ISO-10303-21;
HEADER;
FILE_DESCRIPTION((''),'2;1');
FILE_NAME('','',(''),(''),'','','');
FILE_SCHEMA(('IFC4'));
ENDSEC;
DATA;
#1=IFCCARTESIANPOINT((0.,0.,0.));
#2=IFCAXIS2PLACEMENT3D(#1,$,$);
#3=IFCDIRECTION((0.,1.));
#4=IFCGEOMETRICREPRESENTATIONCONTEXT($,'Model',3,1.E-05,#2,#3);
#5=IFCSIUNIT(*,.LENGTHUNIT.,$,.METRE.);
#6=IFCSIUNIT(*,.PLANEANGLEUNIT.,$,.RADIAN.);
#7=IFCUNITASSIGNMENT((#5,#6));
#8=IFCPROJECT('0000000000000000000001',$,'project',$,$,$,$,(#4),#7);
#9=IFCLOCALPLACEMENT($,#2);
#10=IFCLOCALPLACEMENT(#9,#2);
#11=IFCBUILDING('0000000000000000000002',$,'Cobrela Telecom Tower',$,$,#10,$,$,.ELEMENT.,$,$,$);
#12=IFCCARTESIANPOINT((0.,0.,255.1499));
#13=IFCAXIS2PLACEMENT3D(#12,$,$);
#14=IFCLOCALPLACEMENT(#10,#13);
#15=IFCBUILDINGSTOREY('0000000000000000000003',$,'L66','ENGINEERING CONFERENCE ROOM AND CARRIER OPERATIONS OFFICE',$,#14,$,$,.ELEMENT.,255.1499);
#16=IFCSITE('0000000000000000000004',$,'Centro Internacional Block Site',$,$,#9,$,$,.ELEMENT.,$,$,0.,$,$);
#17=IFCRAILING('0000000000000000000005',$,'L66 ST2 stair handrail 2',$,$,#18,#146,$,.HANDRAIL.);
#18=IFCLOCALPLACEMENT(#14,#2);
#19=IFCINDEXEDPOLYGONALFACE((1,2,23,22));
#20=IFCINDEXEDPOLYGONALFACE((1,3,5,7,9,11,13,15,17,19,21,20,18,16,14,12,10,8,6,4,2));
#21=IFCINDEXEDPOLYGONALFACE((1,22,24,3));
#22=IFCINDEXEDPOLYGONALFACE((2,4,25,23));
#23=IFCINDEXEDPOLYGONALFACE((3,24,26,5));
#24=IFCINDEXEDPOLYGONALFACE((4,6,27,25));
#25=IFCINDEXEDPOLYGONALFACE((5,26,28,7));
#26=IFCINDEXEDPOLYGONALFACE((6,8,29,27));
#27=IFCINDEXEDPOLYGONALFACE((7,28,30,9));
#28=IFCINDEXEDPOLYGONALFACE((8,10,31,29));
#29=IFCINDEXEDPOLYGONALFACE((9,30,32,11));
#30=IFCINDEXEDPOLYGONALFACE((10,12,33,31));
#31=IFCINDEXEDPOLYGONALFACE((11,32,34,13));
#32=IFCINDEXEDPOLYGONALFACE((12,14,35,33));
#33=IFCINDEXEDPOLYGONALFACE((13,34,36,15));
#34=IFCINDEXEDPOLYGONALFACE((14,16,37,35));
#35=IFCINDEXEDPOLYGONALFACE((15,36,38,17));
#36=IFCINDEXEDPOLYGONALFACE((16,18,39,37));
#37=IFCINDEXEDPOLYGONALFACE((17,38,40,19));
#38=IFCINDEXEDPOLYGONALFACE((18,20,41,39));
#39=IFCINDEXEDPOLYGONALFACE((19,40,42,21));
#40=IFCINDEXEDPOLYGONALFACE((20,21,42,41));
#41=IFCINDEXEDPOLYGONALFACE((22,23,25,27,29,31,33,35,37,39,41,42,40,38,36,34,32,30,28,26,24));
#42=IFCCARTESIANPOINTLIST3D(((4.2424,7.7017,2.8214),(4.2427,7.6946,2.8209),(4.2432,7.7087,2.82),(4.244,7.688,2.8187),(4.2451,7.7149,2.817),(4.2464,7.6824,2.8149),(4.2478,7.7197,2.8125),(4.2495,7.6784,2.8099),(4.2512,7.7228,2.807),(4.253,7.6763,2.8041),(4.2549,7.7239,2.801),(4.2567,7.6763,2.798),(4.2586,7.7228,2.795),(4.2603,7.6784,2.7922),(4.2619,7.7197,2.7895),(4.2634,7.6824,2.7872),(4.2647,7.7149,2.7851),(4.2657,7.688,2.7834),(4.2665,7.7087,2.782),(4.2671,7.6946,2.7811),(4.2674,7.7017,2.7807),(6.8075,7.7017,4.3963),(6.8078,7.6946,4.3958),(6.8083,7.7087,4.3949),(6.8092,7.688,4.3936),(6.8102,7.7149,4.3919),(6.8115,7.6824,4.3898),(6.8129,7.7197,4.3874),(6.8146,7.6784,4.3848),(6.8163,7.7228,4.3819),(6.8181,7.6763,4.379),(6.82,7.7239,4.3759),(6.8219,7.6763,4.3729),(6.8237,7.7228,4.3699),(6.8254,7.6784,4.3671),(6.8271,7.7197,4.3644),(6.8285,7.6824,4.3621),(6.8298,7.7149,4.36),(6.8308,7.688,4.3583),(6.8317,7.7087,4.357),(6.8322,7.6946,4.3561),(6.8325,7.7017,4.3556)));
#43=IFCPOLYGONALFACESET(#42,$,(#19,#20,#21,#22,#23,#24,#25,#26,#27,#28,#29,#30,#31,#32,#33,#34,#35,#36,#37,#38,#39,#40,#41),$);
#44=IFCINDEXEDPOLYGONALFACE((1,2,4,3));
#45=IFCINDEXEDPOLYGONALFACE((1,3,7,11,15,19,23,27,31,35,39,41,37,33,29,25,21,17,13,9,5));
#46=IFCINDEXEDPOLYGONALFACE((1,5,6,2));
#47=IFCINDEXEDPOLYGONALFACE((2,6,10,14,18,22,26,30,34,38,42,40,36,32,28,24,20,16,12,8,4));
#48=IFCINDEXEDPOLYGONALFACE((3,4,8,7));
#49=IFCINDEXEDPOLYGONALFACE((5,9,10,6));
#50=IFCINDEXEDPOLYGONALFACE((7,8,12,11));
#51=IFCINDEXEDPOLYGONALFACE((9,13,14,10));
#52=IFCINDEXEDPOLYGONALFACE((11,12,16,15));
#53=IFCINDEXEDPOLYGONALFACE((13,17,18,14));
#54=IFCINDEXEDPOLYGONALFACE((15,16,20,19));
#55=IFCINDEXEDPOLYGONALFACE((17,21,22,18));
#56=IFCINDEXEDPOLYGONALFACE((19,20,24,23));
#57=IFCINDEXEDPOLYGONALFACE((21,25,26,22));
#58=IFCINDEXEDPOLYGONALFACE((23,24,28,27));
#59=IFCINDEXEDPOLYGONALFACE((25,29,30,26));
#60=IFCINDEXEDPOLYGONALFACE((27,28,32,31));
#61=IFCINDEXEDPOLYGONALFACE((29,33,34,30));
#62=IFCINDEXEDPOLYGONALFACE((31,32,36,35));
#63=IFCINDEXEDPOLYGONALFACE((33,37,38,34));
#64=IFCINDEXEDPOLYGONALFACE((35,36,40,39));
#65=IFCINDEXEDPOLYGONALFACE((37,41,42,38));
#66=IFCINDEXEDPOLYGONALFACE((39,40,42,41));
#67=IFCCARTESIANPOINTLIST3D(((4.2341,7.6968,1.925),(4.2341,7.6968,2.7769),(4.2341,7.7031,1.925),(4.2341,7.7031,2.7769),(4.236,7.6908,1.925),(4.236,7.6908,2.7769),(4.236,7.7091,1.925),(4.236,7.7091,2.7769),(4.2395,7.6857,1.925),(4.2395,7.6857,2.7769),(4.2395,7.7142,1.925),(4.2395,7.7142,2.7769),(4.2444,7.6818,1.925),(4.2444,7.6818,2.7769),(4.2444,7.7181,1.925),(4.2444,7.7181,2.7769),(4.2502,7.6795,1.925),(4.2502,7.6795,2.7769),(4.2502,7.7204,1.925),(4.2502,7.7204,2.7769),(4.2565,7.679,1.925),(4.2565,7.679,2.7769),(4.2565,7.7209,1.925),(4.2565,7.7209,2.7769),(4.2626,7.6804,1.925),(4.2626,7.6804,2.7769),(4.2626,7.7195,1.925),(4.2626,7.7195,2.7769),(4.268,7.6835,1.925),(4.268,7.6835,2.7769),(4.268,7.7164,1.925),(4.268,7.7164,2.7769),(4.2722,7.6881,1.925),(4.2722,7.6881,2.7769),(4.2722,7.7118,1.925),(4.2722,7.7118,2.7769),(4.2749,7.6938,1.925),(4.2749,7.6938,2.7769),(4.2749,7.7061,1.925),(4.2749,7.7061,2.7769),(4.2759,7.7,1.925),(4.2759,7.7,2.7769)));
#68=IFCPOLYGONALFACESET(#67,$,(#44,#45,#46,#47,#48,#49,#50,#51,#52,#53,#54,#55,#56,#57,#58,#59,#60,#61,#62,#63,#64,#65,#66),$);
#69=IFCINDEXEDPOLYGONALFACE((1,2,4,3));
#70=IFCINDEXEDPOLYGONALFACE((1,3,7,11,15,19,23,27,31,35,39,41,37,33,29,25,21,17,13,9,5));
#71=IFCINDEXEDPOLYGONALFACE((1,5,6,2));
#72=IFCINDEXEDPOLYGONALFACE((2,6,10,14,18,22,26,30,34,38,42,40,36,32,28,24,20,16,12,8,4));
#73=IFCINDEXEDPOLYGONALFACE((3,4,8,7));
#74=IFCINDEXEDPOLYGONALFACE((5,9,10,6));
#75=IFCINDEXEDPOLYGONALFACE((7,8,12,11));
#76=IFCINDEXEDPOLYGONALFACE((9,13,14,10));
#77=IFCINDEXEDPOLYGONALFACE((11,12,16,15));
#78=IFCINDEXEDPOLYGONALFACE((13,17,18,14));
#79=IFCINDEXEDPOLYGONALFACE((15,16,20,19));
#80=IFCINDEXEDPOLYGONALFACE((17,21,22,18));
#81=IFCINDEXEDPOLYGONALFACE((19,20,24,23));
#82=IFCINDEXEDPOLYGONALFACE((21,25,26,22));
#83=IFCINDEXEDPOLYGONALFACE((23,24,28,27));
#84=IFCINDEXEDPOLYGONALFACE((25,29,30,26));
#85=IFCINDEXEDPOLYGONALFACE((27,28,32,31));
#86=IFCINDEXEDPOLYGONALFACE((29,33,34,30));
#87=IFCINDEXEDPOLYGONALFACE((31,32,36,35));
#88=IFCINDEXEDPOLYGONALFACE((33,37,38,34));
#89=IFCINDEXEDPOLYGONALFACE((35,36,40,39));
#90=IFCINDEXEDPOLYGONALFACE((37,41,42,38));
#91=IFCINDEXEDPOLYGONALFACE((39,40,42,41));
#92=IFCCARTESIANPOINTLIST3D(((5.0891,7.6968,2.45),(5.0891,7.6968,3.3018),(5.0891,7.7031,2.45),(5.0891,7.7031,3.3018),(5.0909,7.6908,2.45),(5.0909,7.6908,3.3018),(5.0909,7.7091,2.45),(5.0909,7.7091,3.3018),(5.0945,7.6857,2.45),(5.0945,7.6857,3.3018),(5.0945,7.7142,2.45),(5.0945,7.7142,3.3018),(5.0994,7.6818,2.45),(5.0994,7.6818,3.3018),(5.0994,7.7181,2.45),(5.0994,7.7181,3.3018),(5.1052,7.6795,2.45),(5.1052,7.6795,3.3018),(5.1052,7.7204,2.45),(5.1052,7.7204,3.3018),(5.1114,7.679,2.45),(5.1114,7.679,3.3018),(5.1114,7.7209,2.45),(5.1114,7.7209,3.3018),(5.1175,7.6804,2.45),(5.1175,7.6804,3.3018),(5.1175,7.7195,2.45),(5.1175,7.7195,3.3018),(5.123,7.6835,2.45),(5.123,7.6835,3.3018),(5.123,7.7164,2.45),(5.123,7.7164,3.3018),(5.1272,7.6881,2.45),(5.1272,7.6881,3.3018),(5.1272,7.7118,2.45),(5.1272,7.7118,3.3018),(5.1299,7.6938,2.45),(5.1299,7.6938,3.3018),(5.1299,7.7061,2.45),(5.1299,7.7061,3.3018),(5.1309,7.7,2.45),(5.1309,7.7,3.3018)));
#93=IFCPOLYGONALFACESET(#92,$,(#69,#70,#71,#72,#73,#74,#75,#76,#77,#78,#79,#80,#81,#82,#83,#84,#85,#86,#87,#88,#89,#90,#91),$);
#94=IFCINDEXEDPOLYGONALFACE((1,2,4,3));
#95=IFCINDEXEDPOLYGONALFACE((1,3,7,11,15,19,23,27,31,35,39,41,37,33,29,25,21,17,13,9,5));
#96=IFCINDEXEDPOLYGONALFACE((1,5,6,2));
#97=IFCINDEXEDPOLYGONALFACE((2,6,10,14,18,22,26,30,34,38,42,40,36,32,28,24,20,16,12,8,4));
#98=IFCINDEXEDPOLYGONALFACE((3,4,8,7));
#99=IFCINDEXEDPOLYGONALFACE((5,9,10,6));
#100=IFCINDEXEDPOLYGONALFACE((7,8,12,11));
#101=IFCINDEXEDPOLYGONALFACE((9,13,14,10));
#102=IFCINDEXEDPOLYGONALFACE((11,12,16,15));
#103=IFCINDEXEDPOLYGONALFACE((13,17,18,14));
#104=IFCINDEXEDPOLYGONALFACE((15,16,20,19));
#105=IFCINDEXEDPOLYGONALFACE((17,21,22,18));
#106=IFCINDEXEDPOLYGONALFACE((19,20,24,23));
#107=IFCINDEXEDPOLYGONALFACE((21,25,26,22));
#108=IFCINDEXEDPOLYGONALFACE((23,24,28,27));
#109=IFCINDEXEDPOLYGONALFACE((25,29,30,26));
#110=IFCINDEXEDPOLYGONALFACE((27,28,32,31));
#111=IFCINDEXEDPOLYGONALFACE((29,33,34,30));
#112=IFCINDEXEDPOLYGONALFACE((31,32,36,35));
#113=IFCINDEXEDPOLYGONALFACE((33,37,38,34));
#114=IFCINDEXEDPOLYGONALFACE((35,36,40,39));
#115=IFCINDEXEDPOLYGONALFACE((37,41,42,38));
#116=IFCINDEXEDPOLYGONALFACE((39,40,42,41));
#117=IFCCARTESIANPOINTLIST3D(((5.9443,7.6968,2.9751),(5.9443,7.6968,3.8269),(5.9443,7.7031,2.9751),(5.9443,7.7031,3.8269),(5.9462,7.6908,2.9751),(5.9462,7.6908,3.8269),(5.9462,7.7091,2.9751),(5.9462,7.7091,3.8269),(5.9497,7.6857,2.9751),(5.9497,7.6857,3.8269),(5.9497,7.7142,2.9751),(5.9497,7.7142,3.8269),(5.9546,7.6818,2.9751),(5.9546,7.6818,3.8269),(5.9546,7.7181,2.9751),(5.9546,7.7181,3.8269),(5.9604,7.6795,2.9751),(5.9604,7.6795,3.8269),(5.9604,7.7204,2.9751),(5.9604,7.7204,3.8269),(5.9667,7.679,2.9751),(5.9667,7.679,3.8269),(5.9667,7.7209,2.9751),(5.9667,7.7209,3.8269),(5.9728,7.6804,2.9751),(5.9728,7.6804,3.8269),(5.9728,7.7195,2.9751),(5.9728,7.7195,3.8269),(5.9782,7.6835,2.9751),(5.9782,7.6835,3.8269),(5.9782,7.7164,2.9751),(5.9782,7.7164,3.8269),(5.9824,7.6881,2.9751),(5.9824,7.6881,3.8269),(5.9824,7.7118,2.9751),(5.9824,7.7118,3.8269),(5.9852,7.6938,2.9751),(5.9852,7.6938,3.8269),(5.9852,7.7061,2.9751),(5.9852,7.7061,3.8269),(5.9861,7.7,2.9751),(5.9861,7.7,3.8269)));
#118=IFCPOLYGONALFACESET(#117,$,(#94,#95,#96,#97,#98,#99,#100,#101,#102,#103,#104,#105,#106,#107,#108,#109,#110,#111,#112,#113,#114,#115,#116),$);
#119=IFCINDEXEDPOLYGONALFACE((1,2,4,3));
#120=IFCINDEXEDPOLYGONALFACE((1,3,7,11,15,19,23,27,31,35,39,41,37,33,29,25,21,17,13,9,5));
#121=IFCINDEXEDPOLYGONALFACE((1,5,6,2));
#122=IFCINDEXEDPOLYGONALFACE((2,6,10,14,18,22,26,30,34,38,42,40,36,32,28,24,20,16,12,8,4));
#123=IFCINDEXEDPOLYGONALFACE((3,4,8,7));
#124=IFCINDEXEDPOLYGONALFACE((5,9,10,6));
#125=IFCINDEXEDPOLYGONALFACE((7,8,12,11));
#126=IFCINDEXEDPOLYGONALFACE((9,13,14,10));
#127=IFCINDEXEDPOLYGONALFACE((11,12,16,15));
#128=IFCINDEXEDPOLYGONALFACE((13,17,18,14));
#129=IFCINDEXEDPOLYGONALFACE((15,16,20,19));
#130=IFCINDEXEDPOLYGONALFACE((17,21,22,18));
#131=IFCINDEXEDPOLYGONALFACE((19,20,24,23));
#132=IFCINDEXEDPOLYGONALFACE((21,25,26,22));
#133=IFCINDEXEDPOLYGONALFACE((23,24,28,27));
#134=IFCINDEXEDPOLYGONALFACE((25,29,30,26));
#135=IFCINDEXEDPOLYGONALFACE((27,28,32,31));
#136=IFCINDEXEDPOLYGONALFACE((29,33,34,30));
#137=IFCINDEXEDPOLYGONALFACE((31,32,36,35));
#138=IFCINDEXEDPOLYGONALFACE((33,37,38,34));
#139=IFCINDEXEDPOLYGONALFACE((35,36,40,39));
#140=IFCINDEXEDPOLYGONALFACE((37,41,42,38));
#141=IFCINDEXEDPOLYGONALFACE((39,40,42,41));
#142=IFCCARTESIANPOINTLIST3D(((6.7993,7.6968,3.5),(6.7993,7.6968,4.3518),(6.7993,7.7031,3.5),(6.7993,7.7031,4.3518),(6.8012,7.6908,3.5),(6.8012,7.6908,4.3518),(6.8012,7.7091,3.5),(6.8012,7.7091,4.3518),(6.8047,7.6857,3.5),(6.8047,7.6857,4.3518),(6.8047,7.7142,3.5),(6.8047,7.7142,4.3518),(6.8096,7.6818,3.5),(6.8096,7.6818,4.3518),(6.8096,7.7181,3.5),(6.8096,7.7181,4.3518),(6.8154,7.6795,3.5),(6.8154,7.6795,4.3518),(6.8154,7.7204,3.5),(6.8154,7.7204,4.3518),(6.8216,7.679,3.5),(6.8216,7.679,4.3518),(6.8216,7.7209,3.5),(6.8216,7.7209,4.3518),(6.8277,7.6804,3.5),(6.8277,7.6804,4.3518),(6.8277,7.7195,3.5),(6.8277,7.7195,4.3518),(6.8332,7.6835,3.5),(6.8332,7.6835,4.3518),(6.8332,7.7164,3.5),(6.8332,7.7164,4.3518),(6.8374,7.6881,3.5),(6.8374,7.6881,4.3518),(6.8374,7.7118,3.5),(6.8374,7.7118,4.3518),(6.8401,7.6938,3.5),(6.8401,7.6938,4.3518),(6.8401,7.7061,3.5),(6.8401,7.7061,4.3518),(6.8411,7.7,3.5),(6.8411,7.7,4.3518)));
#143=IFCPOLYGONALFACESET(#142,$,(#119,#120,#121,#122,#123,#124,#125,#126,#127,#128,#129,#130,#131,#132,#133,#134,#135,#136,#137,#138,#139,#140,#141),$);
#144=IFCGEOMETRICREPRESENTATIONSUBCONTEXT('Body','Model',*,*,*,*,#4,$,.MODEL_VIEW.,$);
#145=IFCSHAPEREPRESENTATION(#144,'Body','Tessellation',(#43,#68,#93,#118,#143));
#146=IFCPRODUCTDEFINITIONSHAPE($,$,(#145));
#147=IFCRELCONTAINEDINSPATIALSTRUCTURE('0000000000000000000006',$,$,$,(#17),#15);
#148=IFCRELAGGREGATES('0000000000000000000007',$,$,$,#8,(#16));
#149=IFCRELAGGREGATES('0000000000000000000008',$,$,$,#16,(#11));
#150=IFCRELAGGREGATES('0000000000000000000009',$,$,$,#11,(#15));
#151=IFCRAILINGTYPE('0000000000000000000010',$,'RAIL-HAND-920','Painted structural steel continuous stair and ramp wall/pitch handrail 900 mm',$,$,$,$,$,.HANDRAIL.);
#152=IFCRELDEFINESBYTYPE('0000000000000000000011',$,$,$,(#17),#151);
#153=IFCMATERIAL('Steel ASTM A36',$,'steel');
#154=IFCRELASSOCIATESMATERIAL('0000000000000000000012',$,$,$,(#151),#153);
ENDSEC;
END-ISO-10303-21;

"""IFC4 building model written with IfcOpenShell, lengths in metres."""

from ifc_helpers import new_model, si_unit, direction, frame, origin, origin_2d, place, context, subcontext, project, spatial, circle, extrude, material, type_object, element, save


model = new_model("IFC4")

# Units and contexts
model_context = context("Model", 3, precision=1e-05, world=origin(), true_north=direction((0.0, 1.0)))
body_context = subcontext(model_context, "Body", "Model", "MODEL_VIEW")
ifc_project = project(units=[si_unit("LENGTHUNIT", "METRE"), si_unit("PLANEANGLEUNIT", "RADIAN")], contexts=[model_context])

# Site, building, storey
site_placement = place(None, origin())
site = spatial("IfcSite", under=ifc_project, at=site_placement, Name="Centro Internacional Block Site", CompositionType="ELEMENT", RefElevation=0.0)
building_placement = place(site_placement, origin())
building = spatial("IfcBuilding", under=site, at=building_placement, Name="Cobrela Telecom Tower", CompositionType="ELEMENT")
storey_placement = place(building_placement, frame((0.0, 0.0, 255.1499)))
storey = spatial("IfcBuildingStorey", under=building, at=storey_placement, Name="L66", Description="ENGINEERING CONFERENCE ROOM AND CARRIER OPERATIONS OFFICE", CompositionType="ELEMENT", Elevation=255.1499)

# Railing
ifc_material_1 = material(Name="Steel ASTM A36", Category="steel")
railing_type_1 = type_object("IfcRailingType", Name="RAIL-HAND-920", Description="Painted structural steel continuous stair and ramp wall/pitch handrail 900 mm", PredefinedType="HANDRAIL", material=ifc_material_1)
railing_1_placement = place(storey_placement, frame((4.2549, 7.7, 1.925)))
element("IfcRailing", 1, at=railing_1_placement, inside=storey, type_object=railing_type_1, Name="L66 ST2 stair handrail 2", PredefinedType="HANDRAIL", context=body_context, shape_type="SweptSolid", body=[
    extrude(circle(Radius=0.0239, at=origin_2d()), frame((0.0, 0.0, 0.876), z_axis=(0.852195, 0.0, 0.523224), x_axis=(0.0, 1.0, 0.0)), (0.0, 0.0, 1.0), 3.01),
    extrude(circle(Radius=0.021, at=origin_2d()), origin(), (0.0, 0.0, 1.0), 0.8518),
    extrude(circle(Radius=0.021, at=origin_2d()), frame((0.855, 0.0, 0.5249)), (0.0, 0.0, 1.0), 0.8518),
    extrude(circle(Radius=0.021, at=origin_2d()), frame((1.7102, 0.0, 1.05)), (0.0, 0.0, 1.0), 0.8518),
    extrude(circle(Radius=0.021, at=origin_2d()), frame((2.5652, 0.0, 1.575)), (0.0, 0.0, 1.0), 0.8518),
])

save(model, "model.ifc")
